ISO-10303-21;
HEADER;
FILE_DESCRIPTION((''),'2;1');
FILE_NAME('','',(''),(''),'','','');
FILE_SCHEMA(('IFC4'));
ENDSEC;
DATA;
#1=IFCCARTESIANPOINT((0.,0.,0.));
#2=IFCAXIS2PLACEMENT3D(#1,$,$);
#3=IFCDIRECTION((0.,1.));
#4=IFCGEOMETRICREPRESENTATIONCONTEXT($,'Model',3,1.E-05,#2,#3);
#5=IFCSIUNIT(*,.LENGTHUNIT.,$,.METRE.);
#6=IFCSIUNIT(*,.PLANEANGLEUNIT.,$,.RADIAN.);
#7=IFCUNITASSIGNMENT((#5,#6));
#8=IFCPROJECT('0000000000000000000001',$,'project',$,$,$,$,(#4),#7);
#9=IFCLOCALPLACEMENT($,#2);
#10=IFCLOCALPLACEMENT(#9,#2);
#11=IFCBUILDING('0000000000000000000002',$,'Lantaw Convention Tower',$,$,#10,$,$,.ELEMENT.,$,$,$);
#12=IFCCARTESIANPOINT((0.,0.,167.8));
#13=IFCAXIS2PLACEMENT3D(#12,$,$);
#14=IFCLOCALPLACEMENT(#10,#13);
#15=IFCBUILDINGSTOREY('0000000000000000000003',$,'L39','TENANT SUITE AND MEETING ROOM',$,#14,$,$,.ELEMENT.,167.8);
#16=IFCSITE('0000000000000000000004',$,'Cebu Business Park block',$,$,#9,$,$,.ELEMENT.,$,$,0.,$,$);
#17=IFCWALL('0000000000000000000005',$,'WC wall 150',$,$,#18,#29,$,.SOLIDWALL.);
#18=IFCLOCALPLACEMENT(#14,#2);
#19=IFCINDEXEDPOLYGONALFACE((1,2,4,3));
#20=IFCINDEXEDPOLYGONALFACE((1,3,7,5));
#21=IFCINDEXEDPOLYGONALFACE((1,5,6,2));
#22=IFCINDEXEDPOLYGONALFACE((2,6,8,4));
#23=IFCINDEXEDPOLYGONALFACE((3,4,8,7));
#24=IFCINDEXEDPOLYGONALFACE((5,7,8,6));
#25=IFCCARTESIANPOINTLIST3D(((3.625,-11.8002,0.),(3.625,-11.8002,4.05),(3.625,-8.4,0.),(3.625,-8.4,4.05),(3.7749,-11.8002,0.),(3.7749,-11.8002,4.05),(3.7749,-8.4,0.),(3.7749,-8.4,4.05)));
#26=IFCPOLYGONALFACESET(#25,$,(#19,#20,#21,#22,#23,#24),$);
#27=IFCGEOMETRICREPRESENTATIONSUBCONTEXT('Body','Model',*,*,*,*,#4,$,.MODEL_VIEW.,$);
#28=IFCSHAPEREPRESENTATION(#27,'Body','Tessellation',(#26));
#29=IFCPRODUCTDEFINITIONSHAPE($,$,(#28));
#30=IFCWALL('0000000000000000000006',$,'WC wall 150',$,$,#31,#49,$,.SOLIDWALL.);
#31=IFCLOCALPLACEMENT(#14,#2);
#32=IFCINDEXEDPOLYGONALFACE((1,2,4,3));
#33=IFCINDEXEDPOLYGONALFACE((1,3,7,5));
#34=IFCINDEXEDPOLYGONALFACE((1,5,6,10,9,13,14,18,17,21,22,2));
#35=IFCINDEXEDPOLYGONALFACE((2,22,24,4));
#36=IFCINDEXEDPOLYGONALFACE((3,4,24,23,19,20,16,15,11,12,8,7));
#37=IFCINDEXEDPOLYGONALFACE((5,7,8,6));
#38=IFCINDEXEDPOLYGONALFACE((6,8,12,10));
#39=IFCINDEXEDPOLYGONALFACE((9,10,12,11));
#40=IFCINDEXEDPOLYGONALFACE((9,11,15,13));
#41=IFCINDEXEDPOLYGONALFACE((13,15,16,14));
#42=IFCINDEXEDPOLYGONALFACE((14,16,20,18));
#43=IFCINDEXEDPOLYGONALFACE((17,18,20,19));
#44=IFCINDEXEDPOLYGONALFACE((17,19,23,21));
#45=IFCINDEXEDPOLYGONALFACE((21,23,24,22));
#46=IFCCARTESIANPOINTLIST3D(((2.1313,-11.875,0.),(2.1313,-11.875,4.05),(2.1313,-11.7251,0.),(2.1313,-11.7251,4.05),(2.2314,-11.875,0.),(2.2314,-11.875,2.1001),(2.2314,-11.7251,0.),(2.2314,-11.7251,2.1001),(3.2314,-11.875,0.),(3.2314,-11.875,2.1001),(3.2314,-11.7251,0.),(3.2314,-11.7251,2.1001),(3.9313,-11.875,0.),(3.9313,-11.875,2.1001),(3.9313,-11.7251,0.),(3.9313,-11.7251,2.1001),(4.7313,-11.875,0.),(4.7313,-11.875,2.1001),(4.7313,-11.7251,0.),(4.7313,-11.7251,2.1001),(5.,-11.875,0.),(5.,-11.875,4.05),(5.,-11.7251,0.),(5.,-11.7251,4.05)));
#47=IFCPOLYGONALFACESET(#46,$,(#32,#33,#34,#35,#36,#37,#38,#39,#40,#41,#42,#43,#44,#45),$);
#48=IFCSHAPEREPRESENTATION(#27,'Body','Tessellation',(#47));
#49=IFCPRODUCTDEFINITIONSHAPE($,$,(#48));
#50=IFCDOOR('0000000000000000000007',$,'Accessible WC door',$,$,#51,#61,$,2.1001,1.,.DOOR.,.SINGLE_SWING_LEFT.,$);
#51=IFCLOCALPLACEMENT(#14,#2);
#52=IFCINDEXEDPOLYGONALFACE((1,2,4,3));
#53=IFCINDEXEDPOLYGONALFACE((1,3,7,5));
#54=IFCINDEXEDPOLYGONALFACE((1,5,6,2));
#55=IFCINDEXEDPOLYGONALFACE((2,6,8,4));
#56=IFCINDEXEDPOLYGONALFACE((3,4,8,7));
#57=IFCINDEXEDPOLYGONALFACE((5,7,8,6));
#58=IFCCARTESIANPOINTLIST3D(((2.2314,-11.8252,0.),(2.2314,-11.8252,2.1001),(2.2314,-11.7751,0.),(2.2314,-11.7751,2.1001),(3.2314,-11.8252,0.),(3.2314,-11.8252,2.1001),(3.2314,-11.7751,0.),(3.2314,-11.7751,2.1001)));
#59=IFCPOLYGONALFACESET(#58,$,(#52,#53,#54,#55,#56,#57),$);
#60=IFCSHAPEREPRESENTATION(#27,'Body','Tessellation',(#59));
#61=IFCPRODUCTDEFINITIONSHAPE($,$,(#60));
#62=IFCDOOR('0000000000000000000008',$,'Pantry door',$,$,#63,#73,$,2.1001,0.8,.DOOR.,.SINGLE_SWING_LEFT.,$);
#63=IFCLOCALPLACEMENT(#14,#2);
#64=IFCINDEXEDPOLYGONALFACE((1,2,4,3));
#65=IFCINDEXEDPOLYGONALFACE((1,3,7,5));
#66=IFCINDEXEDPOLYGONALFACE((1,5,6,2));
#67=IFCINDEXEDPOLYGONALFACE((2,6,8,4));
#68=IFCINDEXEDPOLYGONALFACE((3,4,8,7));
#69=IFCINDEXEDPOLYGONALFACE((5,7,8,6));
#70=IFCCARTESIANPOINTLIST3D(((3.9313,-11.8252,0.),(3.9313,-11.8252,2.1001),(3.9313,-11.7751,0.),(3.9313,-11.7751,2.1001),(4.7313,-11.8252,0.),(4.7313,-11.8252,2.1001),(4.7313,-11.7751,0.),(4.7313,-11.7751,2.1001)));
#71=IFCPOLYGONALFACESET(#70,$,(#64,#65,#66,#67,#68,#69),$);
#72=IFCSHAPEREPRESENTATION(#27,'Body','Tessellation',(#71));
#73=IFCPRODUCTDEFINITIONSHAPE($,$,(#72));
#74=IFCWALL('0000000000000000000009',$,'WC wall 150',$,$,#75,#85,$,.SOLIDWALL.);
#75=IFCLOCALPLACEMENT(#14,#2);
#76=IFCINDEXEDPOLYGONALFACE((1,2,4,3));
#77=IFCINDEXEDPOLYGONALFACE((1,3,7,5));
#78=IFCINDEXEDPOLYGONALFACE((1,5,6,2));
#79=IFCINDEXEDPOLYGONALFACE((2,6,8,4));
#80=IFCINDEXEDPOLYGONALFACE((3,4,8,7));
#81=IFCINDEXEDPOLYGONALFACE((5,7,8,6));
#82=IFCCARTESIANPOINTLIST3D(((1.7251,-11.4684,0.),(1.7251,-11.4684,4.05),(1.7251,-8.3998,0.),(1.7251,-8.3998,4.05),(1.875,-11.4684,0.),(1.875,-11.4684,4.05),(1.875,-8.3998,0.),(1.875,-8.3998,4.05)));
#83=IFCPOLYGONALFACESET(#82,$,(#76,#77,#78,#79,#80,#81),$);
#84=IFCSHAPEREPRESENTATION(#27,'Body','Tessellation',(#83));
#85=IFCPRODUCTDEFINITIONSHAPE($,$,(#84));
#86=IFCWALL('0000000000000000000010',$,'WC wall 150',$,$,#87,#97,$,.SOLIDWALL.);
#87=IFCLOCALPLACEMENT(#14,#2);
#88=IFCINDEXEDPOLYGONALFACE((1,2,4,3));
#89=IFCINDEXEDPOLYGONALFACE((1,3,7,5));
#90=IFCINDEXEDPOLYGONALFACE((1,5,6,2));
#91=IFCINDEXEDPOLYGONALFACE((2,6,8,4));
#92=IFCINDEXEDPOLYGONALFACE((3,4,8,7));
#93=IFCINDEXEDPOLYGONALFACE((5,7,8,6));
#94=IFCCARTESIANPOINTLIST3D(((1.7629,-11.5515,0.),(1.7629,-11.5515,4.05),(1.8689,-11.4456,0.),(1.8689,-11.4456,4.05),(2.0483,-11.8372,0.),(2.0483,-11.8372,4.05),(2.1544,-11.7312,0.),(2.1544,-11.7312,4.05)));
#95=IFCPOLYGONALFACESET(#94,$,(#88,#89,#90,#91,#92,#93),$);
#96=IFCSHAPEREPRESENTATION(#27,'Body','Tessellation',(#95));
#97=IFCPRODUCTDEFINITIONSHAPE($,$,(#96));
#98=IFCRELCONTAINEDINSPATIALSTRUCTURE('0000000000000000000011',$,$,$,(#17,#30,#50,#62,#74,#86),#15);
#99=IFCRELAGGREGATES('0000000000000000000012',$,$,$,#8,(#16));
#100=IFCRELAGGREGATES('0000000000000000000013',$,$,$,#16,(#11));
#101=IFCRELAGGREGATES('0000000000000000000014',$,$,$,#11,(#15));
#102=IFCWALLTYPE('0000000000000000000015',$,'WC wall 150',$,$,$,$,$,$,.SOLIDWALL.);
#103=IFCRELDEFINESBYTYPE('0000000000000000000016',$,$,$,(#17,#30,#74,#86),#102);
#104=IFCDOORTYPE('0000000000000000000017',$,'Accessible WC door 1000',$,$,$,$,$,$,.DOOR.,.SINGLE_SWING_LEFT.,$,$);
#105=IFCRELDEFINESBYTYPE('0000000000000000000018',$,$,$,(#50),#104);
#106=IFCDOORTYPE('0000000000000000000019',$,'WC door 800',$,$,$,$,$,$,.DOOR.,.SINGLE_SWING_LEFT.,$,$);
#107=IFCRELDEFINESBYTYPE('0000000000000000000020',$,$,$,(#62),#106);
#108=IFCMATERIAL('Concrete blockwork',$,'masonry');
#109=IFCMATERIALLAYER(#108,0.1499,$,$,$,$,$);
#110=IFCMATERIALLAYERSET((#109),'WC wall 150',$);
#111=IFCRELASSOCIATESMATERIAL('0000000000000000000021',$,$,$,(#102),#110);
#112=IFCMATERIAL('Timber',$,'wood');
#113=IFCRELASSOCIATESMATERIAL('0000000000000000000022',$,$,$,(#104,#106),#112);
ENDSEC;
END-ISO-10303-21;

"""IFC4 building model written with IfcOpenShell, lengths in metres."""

from ifc_helpers import new_model, si_unit, direction, frame, frame_2d, origin, place, context, subcontext, project, spatial, rectangle, extrude, material, layer, layer_set, type_object, element, fill, save


model = new_model("IFC4")

# Units and contexts
model_context = context("Model", 3, precision=1e-05, world=origin(), true_north=direction((0.0, 1.0)))
body_context = subcontext(model_context, "Body", "Model", "MODEL_VIEW")
ifc_project = project(units=[si_unit("LENGTHUNIT", "METRE"), si_unit("PLANEANGLEUNIT", "RADIAN")], contexts=[model_context])

# Site, building, storey
site_placement = place(None, origin())
site = spatial("IfcSite", under=ifc_project, at=site_placement, Name="Cebu Business Park block", CompositionType="ELEMENT", RefElevation=0.0)
building_placement = place(site_placement, origin())
building = spatial("IfcBuilding", under=site, at=building_placement, Name="Lantaw Convention Tower", CompositionType="ELEMENT")
storey_placement = place(building_placement, frame((0.0, 0.0, 167.8)))
storey = spatial("IfcBuildingStorey", under=building, at=storey_placement, Name="L39", Description="TENANT SUITE AND MEETING ROOM", CompositionType="ELEMENT", Elevation=167.8)

# Wall
ifc_material_1 = material(Name="Concrete blockwork", Category="masonry")
ifc_layer_1 = layer(ifc_material_1, 0.1499)
ifc_layer_set_1 = layer_set([ifc_layer_1], Name="WC wall 150")
wall_type_1 = type_object("IfcWallType", Name="WC wall 150", PredefinedType="SOLIDWALL", material=ifc_layer_set_1)
for number, where, z_axis, x_axis, name in (
    (1, (3.7, -8.3999, 0.0), (0.0, 0.0, 1.0), (0.0, -1.0, 0.0), "WC wall 150"),
):
    element("IfcWall", number, at=place(storey_placement, frame(where, z_axis=z_axis, x_axis=x_axis)), inside=storey, type_object=wall_type_1, Name=name, PredefinedType="SOLIDWALL", context=body_context, shape_type="SweptSolid", body=[
        extrude(rectangle(XDim=3.4001, YDim=0.1499, at=frame_2d((1.7002, 0.0))), origin(), (0.0, 0.0, 1.0), 4.05),
    ])

# Wall, openings, doors
wall_1_placement = place(storey_placement, frame((2.1313, -11.8, 0.0), z_axis=(0.0, 0.0, 1.0), x_axis=(1.0, 0.0, 0.0)))
wall_1 = element("IfcWall", 2, at=wall_1_placement, inside=storey, type_object=wall_type_1, Name="WC wall 150", PredefinedType="SOLIDWALL", context=body_context, shape_type="SweptSolid", body=[
    extrude(rectangle(XDim=2.8687, YDim=0.1499, at=frame_2d((1.4343, 0.0))), origin(), (0.0, 0.0, 1.0), 4.05),
])
opening_1_placement = place(wall_1_placement, frame((0.1001, 0.0, 0.0)))
opening_1 = element("IfcOpeningElement", 3, at=opening_1_placement, cuts=wall_1, PredefinedType="OPENING", context=body_context, shape_type="SweptSolid", body=[
    extrude(rectangle(XDim=1.0, YDim=2.1001, at=frame_2d((0.5, 1.05))), frame((0.0, 0.085, 0.0), z_axis=(0.0, -1.0, 0.0), x_axis=(1.0, 0.0, 0.0)), (0.0, 0.0, 1.0), 0.1699),
])
opening_2_placement = place(wall_1_placement, frame((1.8, 0.0, 0.0)))
opening_2 = element("IfcOpeningElement", 4, at=opening_2_placement, cuts=wall_1, PredefinedType="OPENING", context=body_context, shape_type="SweptSolid", body=[
    extrude(rectangle(XDim=0.8, YDim=2.1001, at=frame_2d((0.3999, 1.05))), frame((0.0, 0.085, 0.0), z_axis=(0.0, -1.0, 0.0), x_axis=(1.0, 0.0, 0.0)), (0.0, 0.0, 1.0), 0.1699),
])
ifc_material_2 = material(Name="Timber", Category="wood")
door_type_1 = type_object("IfcDoorType", Name="Accessible WC door 1000", OperationType="SINGLE_SWING_LEFT", PredefinedType="DOOR", material=ifc_material_2)
door_1_placement = place(opening_1_placement, origin())
door_1 = element("IfcDoor", 5, at=door_1_placement, inside=storey, type_object=door_type_1, Name="Accessible WC door", OperationType="SINGLE_SWING_LEFT", OverallHeight=2.1001, OverallWidth=1.0, PredefinedType="DOOR", context=body_context, shape_type="SweptSolid", body=[
    extrude(rectangle(XDim=1.0, YDim=2.1001, at=frame_2d((0.5, 1.05))), frame((0.0, 0.0249, 0.0), z_axis=(0.0, -1.0, 0.0), x_axis=(1.0, 0.0, 0.0)), (0.0, 0.0, 1.0), 0.05),
])
fill(opening_1, door_1)
door_type_2 = type_object("IfcDoorType", Name="WC door 800", OperationType="SINGLE_SWING_LEFT", PredefinedType="DOOR", material=ifc_material_2)
door_2_placement = place(opening_2_placement, origin())
door_2 = element("IfcDoor", 6, at=door_2_placement, inside=storey, type_object=door_type_2, Name="Pantry door", OperationType="SINGLE_SWING_LEFT", OverallHeight=2.1001, OverallWidth=0.8, PredefinedType="DOOR", context=body_context, shape_type="SweptSolid", body=[
    extrude(rectangle(XDim=0.8, YDim=2.1001, at=frame_2d((0.3999, 1.05))), frame((0.0, 0.0249, 0.0), z_axis=(0.0, -1.0, 0.0), x_axis=(1.0, 0.0, 0.0)), (0.0, 0.0, 1.0), 0.05),
])
fill(opening_2, door_2)

# Walls
wall_2_placement = place(storey_placement, frame((1.8, -8.3999, 0.0), z_axis=(0.0, 0.0, 1.0), x_axis=(0.0, -1.0, 0.0)))
element("IfcWall", 7, at=wall_2_placement, inside=storey, type_object=wall_type_1, Name="WC wall 150", PredefinedType="SOLIDWALL", context=body_context, shape_type="SweptSolid", body=[
    extrude(rectangle(XDim=3.0686, YDim=0.1499, at=frame_2d((1.5342, 0.0))), origin(), (0.0, 0.0, 1.0), 4.05),
])
wall_3_placement = place(storey_placement, frame((1.8159, -11.4985, 0.0), z_axis=(0.0, 0.0, 1.0), x_axis=(0.706804, -0.707409, 0.0)))
element("IfcWall", 8, at=wall_3_placement, inside=storey, type_object=wall_type_1, Name="WC wall 150", PredefinedType="SOLIDWALL", context=body_context, shape_type="SweptSolid", body=[
    extrude(rectangle(XDim=0.4038, YDim=0.1499, at=frame_2d((0.2019, 0.0))), origin(), (0.0, 0.0, 1.0), 4.05),
])

save(model, "model.ifc")
